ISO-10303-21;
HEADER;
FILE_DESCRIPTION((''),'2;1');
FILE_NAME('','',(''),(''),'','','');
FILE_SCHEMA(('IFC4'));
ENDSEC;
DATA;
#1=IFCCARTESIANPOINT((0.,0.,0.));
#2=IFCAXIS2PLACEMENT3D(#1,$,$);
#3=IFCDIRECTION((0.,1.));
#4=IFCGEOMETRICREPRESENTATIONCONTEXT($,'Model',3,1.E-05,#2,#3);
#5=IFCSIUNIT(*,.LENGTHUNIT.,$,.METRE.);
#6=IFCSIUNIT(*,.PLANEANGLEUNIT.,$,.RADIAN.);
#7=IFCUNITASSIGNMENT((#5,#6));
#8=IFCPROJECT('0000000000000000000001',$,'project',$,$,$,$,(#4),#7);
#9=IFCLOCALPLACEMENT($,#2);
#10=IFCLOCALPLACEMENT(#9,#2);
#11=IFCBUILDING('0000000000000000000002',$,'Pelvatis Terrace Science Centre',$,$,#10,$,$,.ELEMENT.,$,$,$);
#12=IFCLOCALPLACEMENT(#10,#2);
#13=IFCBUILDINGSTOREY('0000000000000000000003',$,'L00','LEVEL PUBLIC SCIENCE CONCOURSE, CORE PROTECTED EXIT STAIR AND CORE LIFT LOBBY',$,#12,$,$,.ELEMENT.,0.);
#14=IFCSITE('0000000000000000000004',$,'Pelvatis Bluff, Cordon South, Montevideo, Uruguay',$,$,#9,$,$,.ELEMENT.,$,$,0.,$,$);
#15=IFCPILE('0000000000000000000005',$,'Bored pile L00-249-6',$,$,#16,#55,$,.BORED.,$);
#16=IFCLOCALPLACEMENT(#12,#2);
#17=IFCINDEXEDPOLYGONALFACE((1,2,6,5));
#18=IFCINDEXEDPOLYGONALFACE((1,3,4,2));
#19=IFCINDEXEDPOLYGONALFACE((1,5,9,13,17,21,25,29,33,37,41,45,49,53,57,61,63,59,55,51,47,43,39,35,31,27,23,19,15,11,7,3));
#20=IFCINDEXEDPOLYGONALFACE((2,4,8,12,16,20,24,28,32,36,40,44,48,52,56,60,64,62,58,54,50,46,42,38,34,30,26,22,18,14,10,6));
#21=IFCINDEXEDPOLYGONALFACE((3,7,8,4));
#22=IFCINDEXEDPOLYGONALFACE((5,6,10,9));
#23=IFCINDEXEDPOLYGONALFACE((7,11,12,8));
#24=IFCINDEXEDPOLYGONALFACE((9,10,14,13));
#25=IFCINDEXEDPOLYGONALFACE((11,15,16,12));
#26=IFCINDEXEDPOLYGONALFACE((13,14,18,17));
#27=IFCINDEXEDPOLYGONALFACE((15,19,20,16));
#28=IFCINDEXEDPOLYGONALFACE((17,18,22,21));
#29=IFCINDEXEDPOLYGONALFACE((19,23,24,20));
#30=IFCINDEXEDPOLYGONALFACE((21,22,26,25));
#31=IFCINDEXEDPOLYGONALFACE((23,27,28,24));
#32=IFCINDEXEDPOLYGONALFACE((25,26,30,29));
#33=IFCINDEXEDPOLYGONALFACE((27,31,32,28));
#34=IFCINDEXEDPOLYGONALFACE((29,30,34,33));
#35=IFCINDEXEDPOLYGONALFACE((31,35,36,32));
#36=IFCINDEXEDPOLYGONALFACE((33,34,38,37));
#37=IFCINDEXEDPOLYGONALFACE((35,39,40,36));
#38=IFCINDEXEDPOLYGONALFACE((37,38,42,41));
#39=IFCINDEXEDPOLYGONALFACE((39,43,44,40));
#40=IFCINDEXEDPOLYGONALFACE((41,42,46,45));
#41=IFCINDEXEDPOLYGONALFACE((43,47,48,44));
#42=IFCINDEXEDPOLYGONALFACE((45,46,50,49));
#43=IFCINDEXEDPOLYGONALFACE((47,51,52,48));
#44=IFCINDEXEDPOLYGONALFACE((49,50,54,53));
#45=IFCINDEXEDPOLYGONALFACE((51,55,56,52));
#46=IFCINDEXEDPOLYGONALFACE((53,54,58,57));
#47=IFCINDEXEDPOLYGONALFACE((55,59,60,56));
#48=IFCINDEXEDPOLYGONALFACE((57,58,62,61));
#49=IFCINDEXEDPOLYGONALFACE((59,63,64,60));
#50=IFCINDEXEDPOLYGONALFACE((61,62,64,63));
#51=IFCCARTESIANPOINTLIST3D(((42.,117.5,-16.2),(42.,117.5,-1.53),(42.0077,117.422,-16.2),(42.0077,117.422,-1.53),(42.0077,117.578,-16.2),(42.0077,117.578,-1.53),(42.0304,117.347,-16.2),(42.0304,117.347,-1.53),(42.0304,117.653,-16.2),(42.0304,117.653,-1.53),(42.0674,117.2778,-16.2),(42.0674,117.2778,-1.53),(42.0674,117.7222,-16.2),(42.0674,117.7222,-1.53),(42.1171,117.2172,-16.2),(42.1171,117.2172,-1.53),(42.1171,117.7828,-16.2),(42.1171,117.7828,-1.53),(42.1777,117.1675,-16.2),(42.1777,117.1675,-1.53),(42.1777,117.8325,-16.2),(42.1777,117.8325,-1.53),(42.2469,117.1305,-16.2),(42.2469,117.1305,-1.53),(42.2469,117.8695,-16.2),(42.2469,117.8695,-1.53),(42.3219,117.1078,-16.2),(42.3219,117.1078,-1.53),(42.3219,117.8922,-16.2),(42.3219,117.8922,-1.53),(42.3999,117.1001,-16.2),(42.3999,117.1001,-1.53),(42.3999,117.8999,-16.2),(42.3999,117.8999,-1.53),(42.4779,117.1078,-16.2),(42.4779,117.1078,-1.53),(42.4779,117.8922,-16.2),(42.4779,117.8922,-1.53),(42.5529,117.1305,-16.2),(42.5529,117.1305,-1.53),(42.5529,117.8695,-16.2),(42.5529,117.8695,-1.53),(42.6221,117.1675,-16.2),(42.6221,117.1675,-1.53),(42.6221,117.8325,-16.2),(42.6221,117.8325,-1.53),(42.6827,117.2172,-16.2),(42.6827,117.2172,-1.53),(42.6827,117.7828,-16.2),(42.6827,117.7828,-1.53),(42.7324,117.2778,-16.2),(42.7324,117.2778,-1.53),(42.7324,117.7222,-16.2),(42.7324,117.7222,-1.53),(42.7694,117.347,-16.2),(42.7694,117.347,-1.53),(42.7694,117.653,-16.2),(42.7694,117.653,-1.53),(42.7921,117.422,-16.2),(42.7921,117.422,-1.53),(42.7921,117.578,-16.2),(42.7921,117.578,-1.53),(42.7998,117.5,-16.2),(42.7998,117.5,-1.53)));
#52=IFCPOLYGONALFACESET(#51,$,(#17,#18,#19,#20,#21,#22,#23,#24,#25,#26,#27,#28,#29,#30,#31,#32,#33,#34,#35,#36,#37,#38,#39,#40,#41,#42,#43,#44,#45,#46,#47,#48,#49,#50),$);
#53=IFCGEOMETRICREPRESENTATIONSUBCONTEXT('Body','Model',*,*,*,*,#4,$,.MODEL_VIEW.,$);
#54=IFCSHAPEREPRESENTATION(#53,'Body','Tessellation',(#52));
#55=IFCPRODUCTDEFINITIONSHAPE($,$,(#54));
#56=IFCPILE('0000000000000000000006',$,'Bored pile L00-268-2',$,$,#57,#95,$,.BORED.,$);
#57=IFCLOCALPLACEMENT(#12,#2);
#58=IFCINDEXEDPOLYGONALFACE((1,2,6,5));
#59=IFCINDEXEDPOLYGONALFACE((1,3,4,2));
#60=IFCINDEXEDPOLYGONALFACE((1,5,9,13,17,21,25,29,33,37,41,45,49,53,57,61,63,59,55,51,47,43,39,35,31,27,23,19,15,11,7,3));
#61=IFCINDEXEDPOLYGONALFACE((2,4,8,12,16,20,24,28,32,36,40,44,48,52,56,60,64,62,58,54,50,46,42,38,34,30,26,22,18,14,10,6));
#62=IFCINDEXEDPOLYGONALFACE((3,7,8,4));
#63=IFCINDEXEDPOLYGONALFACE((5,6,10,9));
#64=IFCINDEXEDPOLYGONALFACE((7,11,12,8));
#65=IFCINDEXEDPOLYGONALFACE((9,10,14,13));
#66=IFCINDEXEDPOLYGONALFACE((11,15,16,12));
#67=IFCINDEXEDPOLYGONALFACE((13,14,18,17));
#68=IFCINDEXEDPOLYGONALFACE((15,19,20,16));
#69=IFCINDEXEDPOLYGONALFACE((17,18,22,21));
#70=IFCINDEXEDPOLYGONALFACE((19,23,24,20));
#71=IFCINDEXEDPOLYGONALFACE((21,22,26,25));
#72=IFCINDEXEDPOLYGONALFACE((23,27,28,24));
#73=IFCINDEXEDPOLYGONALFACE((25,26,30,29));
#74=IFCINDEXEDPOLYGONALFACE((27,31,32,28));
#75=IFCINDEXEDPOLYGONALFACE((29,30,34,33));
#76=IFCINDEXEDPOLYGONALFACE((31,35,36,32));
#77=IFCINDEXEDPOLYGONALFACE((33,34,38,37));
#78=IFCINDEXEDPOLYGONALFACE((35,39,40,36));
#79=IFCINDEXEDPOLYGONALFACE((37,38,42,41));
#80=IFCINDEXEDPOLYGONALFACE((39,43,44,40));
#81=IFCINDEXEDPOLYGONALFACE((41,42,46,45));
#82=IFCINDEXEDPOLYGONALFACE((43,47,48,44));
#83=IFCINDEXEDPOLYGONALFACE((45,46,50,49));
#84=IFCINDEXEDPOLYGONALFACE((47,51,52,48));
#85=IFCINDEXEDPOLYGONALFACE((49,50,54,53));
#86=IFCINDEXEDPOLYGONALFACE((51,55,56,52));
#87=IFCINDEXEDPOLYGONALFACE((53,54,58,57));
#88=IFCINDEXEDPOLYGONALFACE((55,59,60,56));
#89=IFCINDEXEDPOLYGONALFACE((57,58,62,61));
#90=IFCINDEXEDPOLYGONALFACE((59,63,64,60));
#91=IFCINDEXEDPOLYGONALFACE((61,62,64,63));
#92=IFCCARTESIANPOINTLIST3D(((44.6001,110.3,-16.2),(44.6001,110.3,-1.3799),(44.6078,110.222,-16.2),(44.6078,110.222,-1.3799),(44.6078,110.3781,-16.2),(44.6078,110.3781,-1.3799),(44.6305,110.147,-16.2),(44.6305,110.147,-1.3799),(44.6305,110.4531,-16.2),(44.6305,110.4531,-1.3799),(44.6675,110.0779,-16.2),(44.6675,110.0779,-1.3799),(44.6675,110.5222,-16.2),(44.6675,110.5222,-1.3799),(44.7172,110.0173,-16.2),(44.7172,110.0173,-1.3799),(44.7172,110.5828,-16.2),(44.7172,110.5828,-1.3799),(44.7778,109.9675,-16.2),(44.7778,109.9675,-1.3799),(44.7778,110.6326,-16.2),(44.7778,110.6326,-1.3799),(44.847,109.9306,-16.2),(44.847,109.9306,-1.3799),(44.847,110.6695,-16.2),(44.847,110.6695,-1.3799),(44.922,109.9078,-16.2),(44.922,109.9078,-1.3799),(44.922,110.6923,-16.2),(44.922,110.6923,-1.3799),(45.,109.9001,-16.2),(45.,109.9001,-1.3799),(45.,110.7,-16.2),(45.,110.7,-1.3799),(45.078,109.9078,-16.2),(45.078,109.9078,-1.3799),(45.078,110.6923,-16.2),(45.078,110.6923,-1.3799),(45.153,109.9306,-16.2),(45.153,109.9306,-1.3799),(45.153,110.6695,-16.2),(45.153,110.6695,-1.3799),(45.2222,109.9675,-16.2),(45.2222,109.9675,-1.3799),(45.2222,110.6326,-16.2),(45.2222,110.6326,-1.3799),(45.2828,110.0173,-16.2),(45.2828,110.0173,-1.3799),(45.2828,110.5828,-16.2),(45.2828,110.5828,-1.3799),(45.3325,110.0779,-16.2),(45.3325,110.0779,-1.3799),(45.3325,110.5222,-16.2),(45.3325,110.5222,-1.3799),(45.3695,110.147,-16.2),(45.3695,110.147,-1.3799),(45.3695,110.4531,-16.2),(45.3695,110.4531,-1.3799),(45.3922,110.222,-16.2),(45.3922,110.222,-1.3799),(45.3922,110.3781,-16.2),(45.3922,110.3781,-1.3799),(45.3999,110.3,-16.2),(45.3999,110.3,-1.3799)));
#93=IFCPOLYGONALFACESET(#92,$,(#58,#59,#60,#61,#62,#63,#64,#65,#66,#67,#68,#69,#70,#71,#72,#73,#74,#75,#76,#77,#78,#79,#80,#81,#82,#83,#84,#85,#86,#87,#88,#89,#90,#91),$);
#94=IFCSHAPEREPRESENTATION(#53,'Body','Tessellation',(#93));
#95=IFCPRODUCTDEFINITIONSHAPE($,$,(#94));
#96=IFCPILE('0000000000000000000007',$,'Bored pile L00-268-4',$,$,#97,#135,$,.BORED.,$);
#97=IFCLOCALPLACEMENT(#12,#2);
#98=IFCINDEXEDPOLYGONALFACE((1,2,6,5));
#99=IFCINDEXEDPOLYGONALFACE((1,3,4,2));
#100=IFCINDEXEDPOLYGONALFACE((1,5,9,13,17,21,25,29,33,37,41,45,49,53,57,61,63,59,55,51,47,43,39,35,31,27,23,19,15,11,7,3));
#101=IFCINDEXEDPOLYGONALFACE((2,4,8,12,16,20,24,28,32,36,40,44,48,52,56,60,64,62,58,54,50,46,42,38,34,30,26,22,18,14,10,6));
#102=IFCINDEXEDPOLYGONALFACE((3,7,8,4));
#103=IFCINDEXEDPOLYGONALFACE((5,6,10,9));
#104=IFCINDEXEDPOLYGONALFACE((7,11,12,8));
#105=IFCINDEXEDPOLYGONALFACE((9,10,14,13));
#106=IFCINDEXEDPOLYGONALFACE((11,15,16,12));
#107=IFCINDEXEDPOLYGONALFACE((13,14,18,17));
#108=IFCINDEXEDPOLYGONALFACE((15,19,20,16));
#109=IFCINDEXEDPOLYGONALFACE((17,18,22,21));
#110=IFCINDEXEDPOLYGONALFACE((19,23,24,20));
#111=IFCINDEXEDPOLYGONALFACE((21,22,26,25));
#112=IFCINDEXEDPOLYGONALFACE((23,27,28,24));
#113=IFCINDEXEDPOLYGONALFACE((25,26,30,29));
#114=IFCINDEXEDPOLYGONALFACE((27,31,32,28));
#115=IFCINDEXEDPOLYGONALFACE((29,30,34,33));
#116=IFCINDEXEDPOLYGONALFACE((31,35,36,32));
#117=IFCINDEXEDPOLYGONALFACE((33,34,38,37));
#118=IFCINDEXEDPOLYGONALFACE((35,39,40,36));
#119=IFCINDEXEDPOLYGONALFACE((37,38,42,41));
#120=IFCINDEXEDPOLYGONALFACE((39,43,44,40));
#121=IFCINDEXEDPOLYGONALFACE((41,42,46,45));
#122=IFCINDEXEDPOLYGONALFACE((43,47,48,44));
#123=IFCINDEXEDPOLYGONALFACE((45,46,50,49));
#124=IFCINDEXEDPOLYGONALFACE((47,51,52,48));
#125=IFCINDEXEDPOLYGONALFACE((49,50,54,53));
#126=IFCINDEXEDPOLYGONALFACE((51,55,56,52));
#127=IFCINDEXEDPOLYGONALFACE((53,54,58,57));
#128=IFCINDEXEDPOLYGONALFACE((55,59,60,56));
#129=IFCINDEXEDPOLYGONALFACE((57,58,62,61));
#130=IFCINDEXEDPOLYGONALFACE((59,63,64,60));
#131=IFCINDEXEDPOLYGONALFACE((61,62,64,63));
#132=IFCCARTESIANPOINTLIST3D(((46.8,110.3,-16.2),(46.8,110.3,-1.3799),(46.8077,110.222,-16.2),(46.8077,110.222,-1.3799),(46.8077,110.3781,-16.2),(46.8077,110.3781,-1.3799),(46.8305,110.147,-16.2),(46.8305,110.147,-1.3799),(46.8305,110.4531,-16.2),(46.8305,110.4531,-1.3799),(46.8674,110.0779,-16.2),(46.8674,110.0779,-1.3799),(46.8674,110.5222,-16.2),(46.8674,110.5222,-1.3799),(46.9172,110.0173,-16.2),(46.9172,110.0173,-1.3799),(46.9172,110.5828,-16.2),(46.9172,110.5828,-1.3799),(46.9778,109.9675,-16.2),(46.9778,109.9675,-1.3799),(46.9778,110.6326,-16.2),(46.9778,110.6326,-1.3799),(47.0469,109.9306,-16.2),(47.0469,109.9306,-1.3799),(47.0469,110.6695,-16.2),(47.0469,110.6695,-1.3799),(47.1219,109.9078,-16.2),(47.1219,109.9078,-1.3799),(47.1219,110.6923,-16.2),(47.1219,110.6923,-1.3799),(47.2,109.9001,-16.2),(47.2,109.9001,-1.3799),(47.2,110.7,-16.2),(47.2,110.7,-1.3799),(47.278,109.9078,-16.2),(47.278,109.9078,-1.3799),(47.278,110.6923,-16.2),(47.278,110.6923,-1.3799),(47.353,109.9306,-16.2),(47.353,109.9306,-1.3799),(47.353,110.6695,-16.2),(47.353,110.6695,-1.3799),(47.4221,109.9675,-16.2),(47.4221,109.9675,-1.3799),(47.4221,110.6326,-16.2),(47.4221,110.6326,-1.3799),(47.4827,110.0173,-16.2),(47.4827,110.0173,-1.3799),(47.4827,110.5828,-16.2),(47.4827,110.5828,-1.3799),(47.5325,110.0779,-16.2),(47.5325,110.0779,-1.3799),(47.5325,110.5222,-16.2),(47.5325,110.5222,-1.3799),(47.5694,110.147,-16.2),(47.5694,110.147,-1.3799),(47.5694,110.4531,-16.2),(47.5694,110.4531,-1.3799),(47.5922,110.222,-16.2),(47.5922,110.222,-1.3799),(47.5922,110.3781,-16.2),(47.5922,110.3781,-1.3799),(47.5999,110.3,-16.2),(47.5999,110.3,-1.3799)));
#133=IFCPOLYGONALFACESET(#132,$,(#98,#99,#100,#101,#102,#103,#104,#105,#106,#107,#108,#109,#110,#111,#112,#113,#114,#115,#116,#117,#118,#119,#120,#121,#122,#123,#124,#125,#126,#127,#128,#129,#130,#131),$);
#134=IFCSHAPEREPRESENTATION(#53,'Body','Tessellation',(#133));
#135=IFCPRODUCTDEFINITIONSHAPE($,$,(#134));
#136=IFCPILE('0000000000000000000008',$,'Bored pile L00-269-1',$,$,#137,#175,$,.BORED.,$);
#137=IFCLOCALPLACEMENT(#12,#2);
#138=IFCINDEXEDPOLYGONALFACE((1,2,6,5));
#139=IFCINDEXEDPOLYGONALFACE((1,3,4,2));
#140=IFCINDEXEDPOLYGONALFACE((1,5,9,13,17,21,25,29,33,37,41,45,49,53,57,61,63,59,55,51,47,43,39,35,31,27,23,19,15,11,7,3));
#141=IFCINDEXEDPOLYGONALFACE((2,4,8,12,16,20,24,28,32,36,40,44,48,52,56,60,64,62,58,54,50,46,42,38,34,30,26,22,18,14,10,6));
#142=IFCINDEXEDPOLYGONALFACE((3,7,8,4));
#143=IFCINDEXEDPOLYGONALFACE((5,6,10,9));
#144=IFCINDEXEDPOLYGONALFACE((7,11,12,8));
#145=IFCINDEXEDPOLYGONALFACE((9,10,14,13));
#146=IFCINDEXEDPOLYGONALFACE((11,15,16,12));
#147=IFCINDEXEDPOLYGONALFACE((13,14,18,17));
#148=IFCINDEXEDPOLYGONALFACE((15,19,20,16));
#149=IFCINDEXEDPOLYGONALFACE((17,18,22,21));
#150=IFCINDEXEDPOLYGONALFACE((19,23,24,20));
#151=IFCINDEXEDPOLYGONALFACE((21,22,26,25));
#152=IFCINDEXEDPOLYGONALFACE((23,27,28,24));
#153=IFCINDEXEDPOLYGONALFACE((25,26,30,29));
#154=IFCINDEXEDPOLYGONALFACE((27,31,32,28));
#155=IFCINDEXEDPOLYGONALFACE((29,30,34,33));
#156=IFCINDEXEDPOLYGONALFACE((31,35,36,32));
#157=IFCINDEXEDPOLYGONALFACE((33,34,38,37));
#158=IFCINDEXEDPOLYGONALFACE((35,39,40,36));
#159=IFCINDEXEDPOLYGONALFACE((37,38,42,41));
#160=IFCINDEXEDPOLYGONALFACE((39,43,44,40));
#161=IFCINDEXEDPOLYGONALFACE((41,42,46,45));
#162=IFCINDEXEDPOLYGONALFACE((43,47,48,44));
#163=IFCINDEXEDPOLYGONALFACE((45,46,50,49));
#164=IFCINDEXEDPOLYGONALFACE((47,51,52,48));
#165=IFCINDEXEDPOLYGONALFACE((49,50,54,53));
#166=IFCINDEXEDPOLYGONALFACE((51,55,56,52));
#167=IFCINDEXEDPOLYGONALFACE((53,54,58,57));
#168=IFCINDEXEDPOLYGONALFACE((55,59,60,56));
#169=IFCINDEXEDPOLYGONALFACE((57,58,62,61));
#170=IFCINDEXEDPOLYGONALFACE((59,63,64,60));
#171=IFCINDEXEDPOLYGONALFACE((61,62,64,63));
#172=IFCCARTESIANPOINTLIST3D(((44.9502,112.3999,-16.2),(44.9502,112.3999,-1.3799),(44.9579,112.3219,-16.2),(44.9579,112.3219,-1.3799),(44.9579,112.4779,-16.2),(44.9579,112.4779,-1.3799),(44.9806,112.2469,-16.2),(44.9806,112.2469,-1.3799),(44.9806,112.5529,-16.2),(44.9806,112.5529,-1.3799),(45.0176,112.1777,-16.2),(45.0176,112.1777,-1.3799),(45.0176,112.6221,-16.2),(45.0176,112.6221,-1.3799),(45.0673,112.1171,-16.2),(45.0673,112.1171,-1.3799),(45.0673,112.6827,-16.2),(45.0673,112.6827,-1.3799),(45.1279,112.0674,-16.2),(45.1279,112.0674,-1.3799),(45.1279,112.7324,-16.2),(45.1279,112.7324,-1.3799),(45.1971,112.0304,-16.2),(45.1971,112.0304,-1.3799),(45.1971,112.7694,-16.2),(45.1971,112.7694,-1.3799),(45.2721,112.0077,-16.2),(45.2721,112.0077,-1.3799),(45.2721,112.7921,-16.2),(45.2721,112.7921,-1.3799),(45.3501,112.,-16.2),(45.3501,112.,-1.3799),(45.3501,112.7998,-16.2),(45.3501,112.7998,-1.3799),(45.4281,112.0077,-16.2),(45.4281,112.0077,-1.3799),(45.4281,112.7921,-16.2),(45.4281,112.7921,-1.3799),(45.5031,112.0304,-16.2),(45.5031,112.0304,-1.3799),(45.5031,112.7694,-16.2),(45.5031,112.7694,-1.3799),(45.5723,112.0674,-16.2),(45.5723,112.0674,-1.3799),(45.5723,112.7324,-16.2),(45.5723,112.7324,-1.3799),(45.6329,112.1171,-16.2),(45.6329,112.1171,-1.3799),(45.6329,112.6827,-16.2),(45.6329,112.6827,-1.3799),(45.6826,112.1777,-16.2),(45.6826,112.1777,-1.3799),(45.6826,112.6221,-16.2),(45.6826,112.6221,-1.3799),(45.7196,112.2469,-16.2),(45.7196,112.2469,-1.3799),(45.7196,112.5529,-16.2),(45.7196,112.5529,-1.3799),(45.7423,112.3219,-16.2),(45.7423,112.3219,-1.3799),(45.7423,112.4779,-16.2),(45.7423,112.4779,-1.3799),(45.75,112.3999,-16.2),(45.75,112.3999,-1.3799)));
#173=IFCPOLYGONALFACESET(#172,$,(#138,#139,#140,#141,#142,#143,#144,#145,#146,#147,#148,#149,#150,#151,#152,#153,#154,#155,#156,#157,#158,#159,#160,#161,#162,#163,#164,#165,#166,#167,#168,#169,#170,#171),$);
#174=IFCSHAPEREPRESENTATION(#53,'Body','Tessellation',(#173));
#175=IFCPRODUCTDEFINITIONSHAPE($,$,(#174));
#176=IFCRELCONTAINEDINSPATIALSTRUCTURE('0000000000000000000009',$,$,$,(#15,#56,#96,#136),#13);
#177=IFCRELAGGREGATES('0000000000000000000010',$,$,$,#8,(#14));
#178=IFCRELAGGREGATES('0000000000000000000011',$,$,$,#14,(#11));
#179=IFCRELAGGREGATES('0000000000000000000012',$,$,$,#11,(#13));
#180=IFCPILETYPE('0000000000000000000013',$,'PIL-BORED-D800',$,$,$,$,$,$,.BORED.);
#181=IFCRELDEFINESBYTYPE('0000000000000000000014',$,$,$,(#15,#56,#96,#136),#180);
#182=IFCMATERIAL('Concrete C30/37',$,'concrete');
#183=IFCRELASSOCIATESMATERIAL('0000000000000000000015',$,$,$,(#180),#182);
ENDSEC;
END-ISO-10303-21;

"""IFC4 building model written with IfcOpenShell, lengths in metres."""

from ifc_helpers import new_model, si_unit, direction, frame, origin, origin_2d, place, context, subcontext, project, spatial, circle, extrude, material, material_profile, profile_set, type_object, element, save


model = new_model("IFC4")

# Units and contexts
model_context = context("Model", 3, precision=1e-05, world=origin(), true_north=direction((0.0, 1.0)))
body_context = subcontext(model_context, "Body", "Model", "MODEL_VIEW")
ifc_project = project(units=[si_unit("LENGTHUNIT", "METRE"), si_unit("PLANEANGLEUNIT", "RADIAN")], contexts=[model_context])

# Site, building, storey
site_placement = place(None, origin())
site = spatial("IfcSite", under=ifc_project, at=site_placement, Name="Pelvatis Bluff, Cordon South, Montevideo, Uruguay", CompositionType="ELEMENT", RefElevation=0.0)
building_placement = place(site_placement, origin())
building = spatial("IfcBuilding", under=site, at=building_placement, Name="Pelvatis Terrace Science Centre", CompositionType="ELEMENT")
storey_placement = place(building_placement, origin())
storey = spatial("IfcBuildingStorey", under=building, at=storey_placement, Name="L00", Description="LEVEL PUBLIC SCIENCE CONCOURSE, CORE PROTECTED EXIT STAIR AND CORE LIFT LOBBY", CompositionType="ELEMENT", Elevation=0.0)

# Piles
ifc_material_1 = material(Name="Concrete C30/37", Category="concrete")
ifc_material_profile_1 = material_profile(ifc_material_1, circle(Radius=0.3999, at=origin_2d()), Name="PILE D800")
ifc_profile_set_1 = profile_set([ifc_material_profile_1], Name="Concrete C30/37")
pile_type = type_object("IfcPileType", Name="PIL-BORED-D800", PredefinedType="BORED", material=ifc_profile_set_1)
for number, where, z_axis, x_axis, name in (
    (1, (42.3999, 117.5, -1.53), (0.0, 0.0, -1.0), (1.0, 0.0, 0.0), "Bored pile L00-249-6"),
):
    element("IfcPile", number, at=place(storey_placement, frame(where, z_axis=z_axis, x_axis=x_axis)), inside=storey, type_object=pile_type, Name=name, PredefinedType="BORED", context=body_context, shape_type="SweptSolid", body=[
        extrude(circle(Radius=0.3999, at=origin_2d()), origin(), (0.0, 0.0, 1.0), 14.6699),
    ])
for number, where, z_axis, x_axis, name in (
    (2, (45.0, 110.3, -1.3799), (0.0, 0.0, -1.0), (1.0, 0.0, 0.0), "Bored pile L00-268-2"),
    (3, (47.2, 110.3, -1.3799), (0.0, 0.0, -1.0), (1.0, 0.0, 0.0), "Bored pile L00-268-4"),
    (4, (45.3501, 112.3999, -1.3799), (0.0, 0.0, -1.0), (1.0, 0.0, 0.0), "Bored pile L00-269-1"),
):
    element("IfcPile", number, at=place(storey_placement, frame(where, z_axis=z_axis, x_axis=x_axis)), inside=storey, type_object=pile_type, Name=name, PredefinedType="BORED", context=body_context, shape_type="SweptSolid", body=[
        extrude(circle(Radius=0.3999, at=origin_2d()), origin(), (0.0, 0.0, 1.0), 14.8201),
    ])

save(model, "model.ifc")
